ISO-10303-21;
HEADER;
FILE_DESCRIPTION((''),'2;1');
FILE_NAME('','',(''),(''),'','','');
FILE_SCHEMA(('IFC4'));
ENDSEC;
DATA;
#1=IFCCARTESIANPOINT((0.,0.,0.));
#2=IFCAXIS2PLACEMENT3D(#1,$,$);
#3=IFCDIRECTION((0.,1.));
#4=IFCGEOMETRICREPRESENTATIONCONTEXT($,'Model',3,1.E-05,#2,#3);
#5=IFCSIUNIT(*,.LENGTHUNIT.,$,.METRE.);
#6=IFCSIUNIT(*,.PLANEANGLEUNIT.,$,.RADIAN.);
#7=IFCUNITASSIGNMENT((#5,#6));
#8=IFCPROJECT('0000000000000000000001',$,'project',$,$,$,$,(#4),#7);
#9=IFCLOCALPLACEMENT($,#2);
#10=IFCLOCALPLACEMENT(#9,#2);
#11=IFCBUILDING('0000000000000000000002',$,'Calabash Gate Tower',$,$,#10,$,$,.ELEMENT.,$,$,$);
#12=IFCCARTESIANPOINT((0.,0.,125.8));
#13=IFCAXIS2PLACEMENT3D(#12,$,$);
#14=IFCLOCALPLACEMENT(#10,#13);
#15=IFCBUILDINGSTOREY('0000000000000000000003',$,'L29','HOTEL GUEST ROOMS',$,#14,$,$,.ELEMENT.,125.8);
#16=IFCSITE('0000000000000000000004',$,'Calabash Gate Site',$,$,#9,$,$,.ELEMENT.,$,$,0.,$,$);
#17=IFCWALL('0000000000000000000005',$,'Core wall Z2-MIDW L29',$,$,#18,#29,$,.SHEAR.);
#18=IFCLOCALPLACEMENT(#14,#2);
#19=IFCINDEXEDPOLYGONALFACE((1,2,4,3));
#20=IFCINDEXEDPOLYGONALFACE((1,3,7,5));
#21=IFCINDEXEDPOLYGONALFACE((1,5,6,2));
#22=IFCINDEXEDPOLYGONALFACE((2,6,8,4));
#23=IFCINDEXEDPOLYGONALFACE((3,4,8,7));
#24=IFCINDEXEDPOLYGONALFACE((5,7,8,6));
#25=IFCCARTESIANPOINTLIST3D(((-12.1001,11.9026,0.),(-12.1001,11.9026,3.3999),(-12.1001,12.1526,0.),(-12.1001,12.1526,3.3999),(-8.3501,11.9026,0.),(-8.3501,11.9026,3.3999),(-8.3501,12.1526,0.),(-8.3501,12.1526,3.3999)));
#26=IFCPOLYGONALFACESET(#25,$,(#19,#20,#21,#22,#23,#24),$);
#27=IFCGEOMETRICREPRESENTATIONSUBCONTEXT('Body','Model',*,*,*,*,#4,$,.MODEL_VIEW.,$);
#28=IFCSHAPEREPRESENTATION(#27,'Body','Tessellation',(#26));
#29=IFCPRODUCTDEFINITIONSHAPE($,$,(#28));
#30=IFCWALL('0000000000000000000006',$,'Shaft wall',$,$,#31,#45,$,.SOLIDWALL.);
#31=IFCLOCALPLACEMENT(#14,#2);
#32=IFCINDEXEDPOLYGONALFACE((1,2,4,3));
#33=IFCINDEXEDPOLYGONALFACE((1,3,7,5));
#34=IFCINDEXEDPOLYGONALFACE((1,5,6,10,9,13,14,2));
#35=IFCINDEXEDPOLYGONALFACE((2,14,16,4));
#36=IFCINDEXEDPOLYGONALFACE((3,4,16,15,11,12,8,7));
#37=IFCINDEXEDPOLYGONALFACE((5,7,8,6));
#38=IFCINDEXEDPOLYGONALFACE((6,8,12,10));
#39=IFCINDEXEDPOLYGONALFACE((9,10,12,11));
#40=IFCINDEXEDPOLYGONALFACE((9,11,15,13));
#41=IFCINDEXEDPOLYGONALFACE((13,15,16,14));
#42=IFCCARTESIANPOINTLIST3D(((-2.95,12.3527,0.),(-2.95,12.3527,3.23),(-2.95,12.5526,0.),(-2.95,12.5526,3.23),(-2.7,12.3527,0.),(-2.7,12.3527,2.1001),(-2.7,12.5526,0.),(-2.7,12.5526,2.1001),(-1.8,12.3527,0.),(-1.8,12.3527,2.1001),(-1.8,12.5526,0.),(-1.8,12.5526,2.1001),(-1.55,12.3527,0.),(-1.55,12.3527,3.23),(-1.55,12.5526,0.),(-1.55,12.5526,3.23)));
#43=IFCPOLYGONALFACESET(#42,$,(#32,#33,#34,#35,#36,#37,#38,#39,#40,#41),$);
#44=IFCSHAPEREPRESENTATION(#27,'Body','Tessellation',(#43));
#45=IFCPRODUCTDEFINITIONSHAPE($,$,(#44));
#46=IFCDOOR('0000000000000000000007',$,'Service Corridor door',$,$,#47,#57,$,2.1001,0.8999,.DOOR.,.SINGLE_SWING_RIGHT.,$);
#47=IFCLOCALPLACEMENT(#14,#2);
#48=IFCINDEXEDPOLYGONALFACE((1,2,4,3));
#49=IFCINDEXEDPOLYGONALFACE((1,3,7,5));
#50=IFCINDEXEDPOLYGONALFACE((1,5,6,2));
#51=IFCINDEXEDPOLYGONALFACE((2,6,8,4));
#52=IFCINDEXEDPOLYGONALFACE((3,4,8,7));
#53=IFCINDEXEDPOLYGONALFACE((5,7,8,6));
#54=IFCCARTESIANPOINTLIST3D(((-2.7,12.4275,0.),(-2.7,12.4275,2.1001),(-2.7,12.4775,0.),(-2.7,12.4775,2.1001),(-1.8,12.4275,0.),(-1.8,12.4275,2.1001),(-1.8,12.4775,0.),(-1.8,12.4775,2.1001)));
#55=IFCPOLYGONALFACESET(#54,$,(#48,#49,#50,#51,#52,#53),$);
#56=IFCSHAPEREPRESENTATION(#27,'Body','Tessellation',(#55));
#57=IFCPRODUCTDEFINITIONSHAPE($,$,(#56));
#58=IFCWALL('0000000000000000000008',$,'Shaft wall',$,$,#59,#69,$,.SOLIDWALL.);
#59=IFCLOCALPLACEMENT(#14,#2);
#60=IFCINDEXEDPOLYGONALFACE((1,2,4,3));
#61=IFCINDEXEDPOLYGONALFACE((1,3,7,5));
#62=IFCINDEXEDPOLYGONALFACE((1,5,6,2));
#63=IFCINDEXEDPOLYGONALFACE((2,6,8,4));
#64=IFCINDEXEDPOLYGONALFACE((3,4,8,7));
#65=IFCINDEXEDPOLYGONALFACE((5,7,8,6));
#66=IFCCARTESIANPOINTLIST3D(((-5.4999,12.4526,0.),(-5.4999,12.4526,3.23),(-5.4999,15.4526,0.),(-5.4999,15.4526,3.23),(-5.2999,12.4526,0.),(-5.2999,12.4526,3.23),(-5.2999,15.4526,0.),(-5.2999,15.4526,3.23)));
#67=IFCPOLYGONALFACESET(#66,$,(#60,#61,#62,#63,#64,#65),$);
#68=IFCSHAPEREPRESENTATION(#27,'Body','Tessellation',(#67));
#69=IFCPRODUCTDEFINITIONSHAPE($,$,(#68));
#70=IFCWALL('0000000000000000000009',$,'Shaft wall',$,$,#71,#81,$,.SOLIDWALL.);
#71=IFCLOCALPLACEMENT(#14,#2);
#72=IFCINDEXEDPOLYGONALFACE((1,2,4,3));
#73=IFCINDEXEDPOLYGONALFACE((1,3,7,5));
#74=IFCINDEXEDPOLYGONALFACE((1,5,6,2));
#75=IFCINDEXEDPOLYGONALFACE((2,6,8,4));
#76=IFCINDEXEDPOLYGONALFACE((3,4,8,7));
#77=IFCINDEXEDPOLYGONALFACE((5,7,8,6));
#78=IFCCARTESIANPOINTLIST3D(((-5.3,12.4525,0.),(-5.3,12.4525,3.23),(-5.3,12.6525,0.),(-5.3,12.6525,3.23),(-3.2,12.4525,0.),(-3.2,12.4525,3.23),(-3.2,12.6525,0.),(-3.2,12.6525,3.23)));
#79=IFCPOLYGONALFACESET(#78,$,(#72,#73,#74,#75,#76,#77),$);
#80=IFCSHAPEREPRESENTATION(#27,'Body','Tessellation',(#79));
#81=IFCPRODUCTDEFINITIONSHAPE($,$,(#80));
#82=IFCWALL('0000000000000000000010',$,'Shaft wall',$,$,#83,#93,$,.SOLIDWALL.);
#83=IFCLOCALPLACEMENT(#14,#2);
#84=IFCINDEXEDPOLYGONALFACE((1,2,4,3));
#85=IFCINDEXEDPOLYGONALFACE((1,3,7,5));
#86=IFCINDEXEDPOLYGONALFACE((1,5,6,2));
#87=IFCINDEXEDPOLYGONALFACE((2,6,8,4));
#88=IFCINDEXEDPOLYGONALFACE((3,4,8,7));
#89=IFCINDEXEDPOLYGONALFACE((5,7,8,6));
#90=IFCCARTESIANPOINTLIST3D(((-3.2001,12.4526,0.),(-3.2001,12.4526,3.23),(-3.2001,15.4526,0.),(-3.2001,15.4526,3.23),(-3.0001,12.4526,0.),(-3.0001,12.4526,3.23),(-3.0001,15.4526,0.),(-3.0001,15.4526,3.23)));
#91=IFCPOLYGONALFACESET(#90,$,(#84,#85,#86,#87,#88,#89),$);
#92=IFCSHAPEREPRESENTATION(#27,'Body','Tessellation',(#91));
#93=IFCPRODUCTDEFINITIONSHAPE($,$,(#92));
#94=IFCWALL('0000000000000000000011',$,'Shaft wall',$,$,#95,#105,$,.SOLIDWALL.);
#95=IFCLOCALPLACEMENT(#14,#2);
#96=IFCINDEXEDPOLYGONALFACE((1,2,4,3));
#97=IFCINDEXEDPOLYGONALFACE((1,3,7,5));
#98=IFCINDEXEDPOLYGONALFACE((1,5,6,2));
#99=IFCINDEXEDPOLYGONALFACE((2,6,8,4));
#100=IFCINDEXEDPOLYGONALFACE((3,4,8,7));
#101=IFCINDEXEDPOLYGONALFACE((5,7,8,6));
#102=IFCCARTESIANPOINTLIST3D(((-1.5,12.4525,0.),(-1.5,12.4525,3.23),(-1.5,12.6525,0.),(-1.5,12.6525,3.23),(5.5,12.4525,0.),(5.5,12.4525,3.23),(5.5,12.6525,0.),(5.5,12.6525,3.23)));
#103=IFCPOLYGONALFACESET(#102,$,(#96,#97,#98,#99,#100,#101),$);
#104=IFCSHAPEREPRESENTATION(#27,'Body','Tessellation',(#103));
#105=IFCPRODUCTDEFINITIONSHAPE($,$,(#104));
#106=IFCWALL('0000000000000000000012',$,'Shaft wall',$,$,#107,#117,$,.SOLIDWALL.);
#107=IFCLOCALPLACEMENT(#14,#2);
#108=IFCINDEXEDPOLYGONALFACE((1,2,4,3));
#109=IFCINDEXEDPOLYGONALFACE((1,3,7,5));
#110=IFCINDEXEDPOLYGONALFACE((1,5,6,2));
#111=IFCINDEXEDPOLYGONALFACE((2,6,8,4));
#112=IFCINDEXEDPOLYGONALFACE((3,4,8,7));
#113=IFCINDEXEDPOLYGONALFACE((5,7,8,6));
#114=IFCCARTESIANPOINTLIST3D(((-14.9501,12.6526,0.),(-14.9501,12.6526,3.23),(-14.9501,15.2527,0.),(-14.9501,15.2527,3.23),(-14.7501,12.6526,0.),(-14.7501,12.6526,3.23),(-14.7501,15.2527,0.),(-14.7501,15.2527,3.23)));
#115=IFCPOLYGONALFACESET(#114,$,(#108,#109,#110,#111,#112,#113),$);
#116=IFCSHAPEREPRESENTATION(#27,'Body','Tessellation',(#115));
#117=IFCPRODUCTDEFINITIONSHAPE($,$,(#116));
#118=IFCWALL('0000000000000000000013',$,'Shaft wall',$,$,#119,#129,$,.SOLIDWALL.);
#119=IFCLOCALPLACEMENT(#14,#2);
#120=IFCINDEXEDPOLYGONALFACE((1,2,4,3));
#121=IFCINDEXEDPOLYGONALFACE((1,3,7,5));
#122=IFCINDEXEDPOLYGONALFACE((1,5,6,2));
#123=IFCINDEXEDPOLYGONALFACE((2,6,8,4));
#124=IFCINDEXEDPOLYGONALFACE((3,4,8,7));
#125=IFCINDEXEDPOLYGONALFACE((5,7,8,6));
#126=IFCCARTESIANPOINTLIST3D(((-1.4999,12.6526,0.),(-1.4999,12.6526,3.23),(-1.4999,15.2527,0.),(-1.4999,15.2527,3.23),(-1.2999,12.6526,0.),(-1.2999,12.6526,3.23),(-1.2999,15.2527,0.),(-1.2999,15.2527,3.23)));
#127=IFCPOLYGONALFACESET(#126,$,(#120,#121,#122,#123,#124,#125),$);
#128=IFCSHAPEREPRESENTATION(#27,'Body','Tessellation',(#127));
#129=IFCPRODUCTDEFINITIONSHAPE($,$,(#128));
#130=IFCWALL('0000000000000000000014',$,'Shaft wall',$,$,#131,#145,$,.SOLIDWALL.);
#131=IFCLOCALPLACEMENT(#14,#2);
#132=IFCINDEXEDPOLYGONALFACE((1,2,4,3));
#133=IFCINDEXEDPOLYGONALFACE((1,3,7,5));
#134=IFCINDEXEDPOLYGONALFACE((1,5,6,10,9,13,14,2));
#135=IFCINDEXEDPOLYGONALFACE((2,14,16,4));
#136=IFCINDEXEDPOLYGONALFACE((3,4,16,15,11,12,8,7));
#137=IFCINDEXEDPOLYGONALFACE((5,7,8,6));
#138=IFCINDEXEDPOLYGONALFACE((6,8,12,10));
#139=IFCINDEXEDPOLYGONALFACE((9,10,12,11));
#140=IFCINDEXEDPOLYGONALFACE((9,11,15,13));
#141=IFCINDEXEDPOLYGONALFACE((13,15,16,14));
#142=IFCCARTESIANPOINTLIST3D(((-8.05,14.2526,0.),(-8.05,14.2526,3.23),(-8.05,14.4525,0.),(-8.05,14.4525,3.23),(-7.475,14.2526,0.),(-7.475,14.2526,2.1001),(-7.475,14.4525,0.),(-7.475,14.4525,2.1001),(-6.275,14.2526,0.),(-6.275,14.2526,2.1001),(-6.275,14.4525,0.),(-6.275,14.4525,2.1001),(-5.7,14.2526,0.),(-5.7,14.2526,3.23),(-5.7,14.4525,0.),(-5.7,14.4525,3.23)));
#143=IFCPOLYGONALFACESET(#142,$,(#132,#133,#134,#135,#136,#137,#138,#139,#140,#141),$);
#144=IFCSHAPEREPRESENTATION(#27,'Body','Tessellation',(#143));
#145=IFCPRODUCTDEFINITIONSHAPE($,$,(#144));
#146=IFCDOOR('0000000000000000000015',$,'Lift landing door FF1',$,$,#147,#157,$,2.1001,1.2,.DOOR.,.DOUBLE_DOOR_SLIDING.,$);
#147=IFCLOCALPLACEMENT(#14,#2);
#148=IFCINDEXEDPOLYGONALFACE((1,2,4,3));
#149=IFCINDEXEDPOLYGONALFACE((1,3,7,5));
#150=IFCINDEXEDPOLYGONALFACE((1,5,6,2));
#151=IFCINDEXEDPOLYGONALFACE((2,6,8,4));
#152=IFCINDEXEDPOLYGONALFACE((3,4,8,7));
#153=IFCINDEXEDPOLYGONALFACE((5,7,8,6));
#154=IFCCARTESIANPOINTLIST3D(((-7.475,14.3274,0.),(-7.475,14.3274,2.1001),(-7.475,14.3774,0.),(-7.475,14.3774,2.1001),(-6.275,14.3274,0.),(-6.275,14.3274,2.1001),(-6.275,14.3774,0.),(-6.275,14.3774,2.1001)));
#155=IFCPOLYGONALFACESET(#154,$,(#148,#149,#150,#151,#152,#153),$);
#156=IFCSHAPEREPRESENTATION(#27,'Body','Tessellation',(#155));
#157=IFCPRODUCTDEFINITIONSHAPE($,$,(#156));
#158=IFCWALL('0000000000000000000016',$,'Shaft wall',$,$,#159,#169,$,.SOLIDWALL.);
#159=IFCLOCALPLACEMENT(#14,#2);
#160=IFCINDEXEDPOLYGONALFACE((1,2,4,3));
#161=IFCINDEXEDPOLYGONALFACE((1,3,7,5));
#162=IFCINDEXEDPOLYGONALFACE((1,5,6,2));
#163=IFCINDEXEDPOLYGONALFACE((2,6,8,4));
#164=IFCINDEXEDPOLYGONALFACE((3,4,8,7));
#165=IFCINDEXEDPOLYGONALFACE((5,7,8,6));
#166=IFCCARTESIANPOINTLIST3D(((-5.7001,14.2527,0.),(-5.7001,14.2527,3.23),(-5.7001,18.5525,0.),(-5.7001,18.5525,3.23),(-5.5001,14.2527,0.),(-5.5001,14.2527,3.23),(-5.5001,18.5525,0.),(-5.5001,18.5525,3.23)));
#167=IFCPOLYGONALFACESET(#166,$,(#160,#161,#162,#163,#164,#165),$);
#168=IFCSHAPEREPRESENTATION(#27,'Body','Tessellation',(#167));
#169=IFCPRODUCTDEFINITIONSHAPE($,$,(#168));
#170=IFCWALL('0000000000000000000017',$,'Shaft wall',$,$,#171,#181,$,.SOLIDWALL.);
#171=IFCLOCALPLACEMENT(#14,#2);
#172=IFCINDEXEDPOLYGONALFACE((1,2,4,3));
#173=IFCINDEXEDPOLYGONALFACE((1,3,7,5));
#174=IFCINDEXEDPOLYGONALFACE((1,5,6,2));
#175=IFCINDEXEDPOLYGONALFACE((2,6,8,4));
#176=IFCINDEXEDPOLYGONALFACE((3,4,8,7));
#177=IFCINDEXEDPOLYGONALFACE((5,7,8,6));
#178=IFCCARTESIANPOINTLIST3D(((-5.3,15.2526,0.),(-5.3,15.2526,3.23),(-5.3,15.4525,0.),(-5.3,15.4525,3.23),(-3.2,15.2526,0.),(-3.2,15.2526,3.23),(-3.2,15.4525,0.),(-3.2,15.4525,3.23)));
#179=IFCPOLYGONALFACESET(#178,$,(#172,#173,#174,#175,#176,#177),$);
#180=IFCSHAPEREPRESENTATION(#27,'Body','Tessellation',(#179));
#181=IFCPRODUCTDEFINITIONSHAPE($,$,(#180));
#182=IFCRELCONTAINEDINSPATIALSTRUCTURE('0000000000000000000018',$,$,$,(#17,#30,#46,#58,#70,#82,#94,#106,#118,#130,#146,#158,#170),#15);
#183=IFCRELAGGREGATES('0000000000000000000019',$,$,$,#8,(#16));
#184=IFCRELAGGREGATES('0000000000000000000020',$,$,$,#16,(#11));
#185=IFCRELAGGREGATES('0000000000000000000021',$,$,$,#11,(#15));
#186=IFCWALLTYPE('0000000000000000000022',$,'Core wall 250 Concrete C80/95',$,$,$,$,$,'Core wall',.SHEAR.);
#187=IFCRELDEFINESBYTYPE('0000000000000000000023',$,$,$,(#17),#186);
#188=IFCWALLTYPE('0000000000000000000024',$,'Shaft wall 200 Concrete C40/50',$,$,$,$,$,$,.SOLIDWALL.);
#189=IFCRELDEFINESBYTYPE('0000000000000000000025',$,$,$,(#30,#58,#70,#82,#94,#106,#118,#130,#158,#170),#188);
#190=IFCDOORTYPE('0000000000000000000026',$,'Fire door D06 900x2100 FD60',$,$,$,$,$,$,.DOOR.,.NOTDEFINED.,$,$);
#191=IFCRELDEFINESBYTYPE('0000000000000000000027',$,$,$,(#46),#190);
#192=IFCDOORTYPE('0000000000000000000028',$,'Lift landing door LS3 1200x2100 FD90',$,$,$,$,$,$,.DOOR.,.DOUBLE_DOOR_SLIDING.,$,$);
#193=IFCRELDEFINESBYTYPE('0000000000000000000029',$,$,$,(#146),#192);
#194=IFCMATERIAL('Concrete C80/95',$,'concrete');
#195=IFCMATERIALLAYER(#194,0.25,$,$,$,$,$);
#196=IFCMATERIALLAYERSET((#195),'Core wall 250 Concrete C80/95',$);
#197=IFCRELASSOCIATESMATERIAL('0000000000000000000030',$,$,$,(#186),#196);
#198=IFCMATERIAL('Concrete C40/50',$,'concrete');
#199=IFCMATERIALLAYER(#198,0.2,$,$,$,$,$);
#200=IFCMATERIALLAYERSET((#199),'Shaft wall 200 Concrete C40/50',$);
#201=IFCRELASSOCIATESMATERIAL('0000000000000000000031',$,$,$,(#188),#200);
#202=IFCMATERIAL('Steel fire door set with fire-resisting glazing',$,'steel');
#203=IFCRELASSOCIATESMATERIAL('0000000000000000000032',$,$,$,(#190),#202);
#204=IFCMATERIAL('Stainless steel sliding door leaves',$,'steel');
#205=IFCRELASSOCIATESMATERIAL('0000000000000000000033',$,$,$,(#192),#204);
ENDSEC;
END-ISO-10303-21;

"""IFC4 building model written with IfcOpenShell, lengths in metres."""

from ifc_helpers import new_model, si_unit, direction, frame, frame_2d, origin, place, context, subcontext, project, spatial, rectangle, extrude, material, layer, layer_set, type_object, element, fill, save


model = new_model("IFC4")

# Units and contexts
model_context = context("Model", 3, precision=1e-05, world=origin(), true_north=direction((0.0, 1.0)))
body_context = subcontext(model_context, "Body", "Model", "MODEL_VIEW")
ifc_project = project(units=[si_unit("LENGTHUNIT", "METRE"), si_unit("PLANEANGLEUNIT", "RADIAN")], contexts=[model_context])

# Site, building, storey
site_placement = place(None, origin())
site = spatial("IfcSite", under=ifc_project, at=site_placement, Name="Calabash Gate Site", CompositionType="ELEMENT", RefElevation=0.0)
building_placement = place(site_placement, origin())
building = spatial("IfcBuilding", under=site, at=building_placement, Name="Calabash Gate Tower", CompositionType="ELEMENT")
storey_placement = place(building_placement, frame((0.0, 0.0, 125.8)))
storey = spatial("IfcBuildingStorey", under=building, at=storey_placement, Name="L29", Description="HOTEL GUEST ROOMS", CompositionType="ELEMENT", Elevation=125.8)

# Wall
ifc_material_1 = material(Name="Concrete C80/95", Category="concrete")
ifc_layer_1 = layer(ifc_material_1, 0.25)
ifc_layer_set_1 = layer_set([ifc_layer_1], Name="Core wall 250 Concrete C80/95")
wall_type_1 = type_object("IfcWallType", Name="Core wall 250 Concrete C80/95", ElementType="Core wall", PredefinedType="SHEAR", material=ifc_layer_set_1)
wall_1_placement = place(storey_placement, frame((-12.1001, 12.0276, 0.0), z_axis=(0.0, 0.0, 1.0), x_axis=(1.0, 0.0, 0.0)))
element("IfcWall", 1, at=wall_1_placement, inside=storey, type_object=wall_type_1, Name="Core wall Z2-MIDW L29", PredefinedType="SHEAR", context=body_context, shape_type="SweptSolid", body=[
    extrude(rectangle(XDim=3.75, YDim=0.25, at=frame_2d((1.875, 0.0))), origin(), (0.0, 0.0, 1.0), 3.3999),
])

# Wall, opening, door
ifc_material_2 = material(Name="Concrete C40/50", Category="concrete")
ifc_layer_2 = layer(ifc_material_2, 0.2)
ifc_layer_set_2 = layer_set([ifc_layer_2], Name="Shaft wall 200 Concrete C40/50")
wall_type_2 = type_object("IfcWallType", Name="Shaft wall 200 Concrete C40/50", PredefinedType="SOLIDWALL", material=ifc_layer_set_2)
wall_2_placement = place(storey_placement, frame((-2.95, 12.4526, 0.0), z_axis=(0.0, 0.0, 1.0), x_axis=(1.0, 0.0, 0.0)))
wall_2 = element("IfcWall", 2, at=wall_2_placement, inside=storey, type_object=wall_type_2, Name="Shaft wall", PredefinedType="SOLIDWALL", context=body_context, shape_type="SweptSolid", body=[
    extrude(rectangle(XDim=1.3999, YDim=0.2, at=frame_2d((0.7, 0.0))), origin(), (0.0, 0.0, 1.0), 3.23),
])
opening_1_placement = place(wall_2_placement, frame((0.25, 0.0, 0.0)))
opening_1 = element("IfcOpeningElement", 3, at=opening_1_placement, cuts=wall_2, PredefinedType="OPENING", context=body_context, shape_type="SweptSolid", body=[
    extrude(rectangle(XDim=0.8999, YDim=2.1001, at=frame_2d((0.45, 1.05))), frame((0.0, 0.1099, 0.0), z_axis=(0.0, -1.0, 0.0), x_axis=(1.0, 0.0, 0.0)), (0.0, 0.0, 1.0), 0.22),
])
ifc_material_3 = material(Name="Steel fire door set with fire-resisting glazing", Category="steel")
door_type_1 = type_object("IfcDoorType", Name="Fire door D06 900x2100 FD60", OperationType="NOTDEFINED", PredefinedType="DOOR", material=ifc_material_3)
door_1_placement = place(opening_1_placement, origin())
door_1 = element("IfcDoor", 4, at=door_1_placement, inside=storey, type_object=door_type_1, Name="Service Corridor door", OperationType="SINGLE_SWING_RIGHT", OverallHeight=2.1001, OverallWidth=0.8999, PredefinedType="DOOR", context=body_context, shape_type="SweptSolid", body=[
    extrude(rectangle(XDim=0.8999, YDim=2.1001, at=frame_2d((0.45, 1.05))), frame((0.0, 0.0249, 0.0), z_axis=(0.0, -1.0, 0.0), x_axis=(1.0, 0.0, 0.0)), (0.0, 0.0, 1.0), 0.05),
])
fill(opening_1, door_1)

# Walls
wall_3_placement = place(storey_placement, frame((-5.3999, 12.4526, 0.0), z_axis=(0.0, 0.0, 1.0), x_axis=(0.0, 1.0, 0.0)))
element("IfcWall", 5, at=wall_3_placement, inside=storey, type_object=wall_type_2, Name="Shaft wall", PredefinedType="SOLIDWALL", context=body_context, shape_type="SweptSolid", body=[
    extrude(rectangle(XDim=3.0, YDim=0.2, at=frame_2d((1.5, 0.0))), origin(), (0.0, 0.0, 1.0), 3.23),
])
wall_4_placement = place(storey_placement, frame((-5.3, 12.5525, 0.0), z_axis=(0.0, 0.0, 1.0), x_axis=(1.0, 0.0, 0.0)))
element("IfcWall", 6, at=wall_4_placement, inside=storey, type_object=wall_type_2, Name="Shaft wall", PredefinedType="SOLIDWALL", context=body_context, shape_type="SweptSolid", body=[
    extrude(rectangle(XDim=2.1001, YDim=0.2, at=frame_2d((1.05, 0.0))), origin(), (0.0, 0.0, 1.0), 3.23),
])
wall_5_placement = place(storey_placement, frame((-3.1001, 12.4526, 0.0), z_axis=(0.0, 0.0, 1.0), x_axis=(0.0, 1.0, 0.0)))
element("IfcWall", 7, at=wall_5_placement, inside=storey, type_object=wall_type_2, Name="Shaft wall", PredefinedType="SOLIDWALL", context=body_context, shape_type="SweptSolid", body=[
    extrude(rectangle(XDim=3.0, YDim=0.2, at=frame_2d((1.5, 0.0))), origin(), (0.0, 0.0, 1.0), 3.23),
])
wall_6_placement = place(storey_placement, frame((-1.5, 12.5525, 0.0), z_axis=(0.0, 0.0, 1.0), x_axis=(1.0, 0.0, 0.0)))
element("IfcWall", 8, at=wall_6_placement, inside=storey, type_object=wall_type_2, Name="Shaft wall", PredefinedType="SOLIDWALL", context=body_context, shape_type="SweptSolid", body=[
    extrude(rectangle(XDim=7.0, YDim=0.2, at=frame_2d((3.5, 0.0))), origin(), (0.0, 0.0, 1.0), 3.23),
])
for number, where, z_axis, x_axis, name in (
    (9, (-14.8501, 12.6526, 0.0), (0.0, 0.0, 1.0), (0.0, 1.0, 0.0), "Shaft wall"),
    (10, (-1.3999, 12.6526, 0.0), (0.0, 0.0, 1.0), (0.0, 1.0, 0.0), "Shaft wall"),
):
    element("IfcWall", number, at=place(storey_placement, frame(where, z_axis=z_axis, x_axis=x_axis)), inside=storey, type_object=wall_type_2, Name=name, PredefinedType="SOLIDWALL", context=body_context, shape_type="SweptSolid", body=[
        extrude(rectangle(XDim=2.6001, YDim=0.2, at=frame_2d((1.3, 0.0))), origin(), (0.0, 0.0, 1.0), 3.23),
    ])

# Wall, opening, door
wall_7_placement = place(storey_placement, frame((-8.05, 14.3525, 0.0), z_axis=(0.0, 0.0, 1.0), x_axis=(1.0, 0.0, 0.0)))
wall_7 = element("IfcWall", 11, at=wall_7_placement, inside=storey, type_object=wall_type_2, Name="Shaft wall", PredefinedType="SOLIDWALL", context=body_context, shape_type="SweptSolid", body=[
    extrude(rectangle(XDim=2.3501, YDim=0.2, at=frame_2d((1.175, 0.0))), origin(), (0.0, 0.0, 1.0), 3.23),
])
opening_2_placement = place(wall_7_placement, frame((0.575, 0.0, 0.0)))
opening_2 = element("IfcOpeningElement", 12, at=opening_2_placement, cuts=wall_7, PredefinedType="OPENING", context=body_context, shape_type="SweptSolid", body=[
    extrude(rectangle(XDim=1.2, YDim=2.1001, at=frame_2d((0.6001, 1.05))), frame((0.0, 0.1099, 0.0), z_axis=(0.0, -1.0, 0.0), x_axis=(1.0, 0.0, 0.0)), (0.0, 0.0, 1.0), 0.22),
])
ifc_material_4 = material(Name="Stainless steel sliding door leaves", Category="steel")
door_type_2 = type_object("IfcDoorType", Name="Lift landing door LS3 1200x2100 FD90", OperationType="DOUBLE_DOOR_SLIDING", PredefinedType="DOOR", material=ifc_material_4)
door_2_placement = place(opening_2_placement, origin())
door_2 = element("IfcDoor", 13, at=door_2_placement, inside=storey, type_object=door_type_2, Name="Lift landing door FF1", OperationType="DOUBLE_DOOR_SLIDING", OverallHeight=2.1001, OverallWidth=1.2, PredefinedType="DOOR", context=body_context, shape_type="SweptSolid", body=[
    extrude(rectangle(XDim=1.2, YDim=2.1001, at=frame_2d((0.6001, 1.05))), frame((0.0, 0.0249, 0.0), z_axis=(0.0, -1.0, 0.0), x_axis=(1.0, 0.0, 0.0)), (0.0, 0.0, 1.0), 0.05),
])
fill(opening_2, door_2)

# Walls
wall_8_placement = place(storey_placement, frame((-5.6001, 14.2527, 0.0), z_axis=(0.0, 0.0, 1.0), x_axis=(0.0, 1.0, 0.0)))
element("IfcWall", 14, at=wall_8_placement, inside=storey, type_object=wall_type_2, Name="Shaft wall", PredefinedType="SOLIDWALL", context=body_context, shape_type="SweptSolid", body=[
    extrude(rectangle(XDim=4.2998, YDim=0.2, at=frame_2d((2.1499, 0.0))), origin(), (0.0, 0.0, 1.0), 3.23),
])
wall_9_placement = place(storey_placement, frame((-5.3, 15.3525, 0.0), z_axis=(0.0, 0.0, 1.0), x_axis=(1.0, 0.0, 0.0)))
element("IfcWall", 15, at=wall_9_placement, inside=storey, type_object=wall_type_2, Name="Shaft wall", PredefinedType="SOLIDWALL", context=body_context, shape_type="SweptSolid", body=[
    extrude(rectangle(XDim=2.1001, YDim=0.2, at=frame_2d((1.05, 0.0))), origin(), (0.0, 0.0, 1.0), 3.23),
])

save(model, "model.ifc")
